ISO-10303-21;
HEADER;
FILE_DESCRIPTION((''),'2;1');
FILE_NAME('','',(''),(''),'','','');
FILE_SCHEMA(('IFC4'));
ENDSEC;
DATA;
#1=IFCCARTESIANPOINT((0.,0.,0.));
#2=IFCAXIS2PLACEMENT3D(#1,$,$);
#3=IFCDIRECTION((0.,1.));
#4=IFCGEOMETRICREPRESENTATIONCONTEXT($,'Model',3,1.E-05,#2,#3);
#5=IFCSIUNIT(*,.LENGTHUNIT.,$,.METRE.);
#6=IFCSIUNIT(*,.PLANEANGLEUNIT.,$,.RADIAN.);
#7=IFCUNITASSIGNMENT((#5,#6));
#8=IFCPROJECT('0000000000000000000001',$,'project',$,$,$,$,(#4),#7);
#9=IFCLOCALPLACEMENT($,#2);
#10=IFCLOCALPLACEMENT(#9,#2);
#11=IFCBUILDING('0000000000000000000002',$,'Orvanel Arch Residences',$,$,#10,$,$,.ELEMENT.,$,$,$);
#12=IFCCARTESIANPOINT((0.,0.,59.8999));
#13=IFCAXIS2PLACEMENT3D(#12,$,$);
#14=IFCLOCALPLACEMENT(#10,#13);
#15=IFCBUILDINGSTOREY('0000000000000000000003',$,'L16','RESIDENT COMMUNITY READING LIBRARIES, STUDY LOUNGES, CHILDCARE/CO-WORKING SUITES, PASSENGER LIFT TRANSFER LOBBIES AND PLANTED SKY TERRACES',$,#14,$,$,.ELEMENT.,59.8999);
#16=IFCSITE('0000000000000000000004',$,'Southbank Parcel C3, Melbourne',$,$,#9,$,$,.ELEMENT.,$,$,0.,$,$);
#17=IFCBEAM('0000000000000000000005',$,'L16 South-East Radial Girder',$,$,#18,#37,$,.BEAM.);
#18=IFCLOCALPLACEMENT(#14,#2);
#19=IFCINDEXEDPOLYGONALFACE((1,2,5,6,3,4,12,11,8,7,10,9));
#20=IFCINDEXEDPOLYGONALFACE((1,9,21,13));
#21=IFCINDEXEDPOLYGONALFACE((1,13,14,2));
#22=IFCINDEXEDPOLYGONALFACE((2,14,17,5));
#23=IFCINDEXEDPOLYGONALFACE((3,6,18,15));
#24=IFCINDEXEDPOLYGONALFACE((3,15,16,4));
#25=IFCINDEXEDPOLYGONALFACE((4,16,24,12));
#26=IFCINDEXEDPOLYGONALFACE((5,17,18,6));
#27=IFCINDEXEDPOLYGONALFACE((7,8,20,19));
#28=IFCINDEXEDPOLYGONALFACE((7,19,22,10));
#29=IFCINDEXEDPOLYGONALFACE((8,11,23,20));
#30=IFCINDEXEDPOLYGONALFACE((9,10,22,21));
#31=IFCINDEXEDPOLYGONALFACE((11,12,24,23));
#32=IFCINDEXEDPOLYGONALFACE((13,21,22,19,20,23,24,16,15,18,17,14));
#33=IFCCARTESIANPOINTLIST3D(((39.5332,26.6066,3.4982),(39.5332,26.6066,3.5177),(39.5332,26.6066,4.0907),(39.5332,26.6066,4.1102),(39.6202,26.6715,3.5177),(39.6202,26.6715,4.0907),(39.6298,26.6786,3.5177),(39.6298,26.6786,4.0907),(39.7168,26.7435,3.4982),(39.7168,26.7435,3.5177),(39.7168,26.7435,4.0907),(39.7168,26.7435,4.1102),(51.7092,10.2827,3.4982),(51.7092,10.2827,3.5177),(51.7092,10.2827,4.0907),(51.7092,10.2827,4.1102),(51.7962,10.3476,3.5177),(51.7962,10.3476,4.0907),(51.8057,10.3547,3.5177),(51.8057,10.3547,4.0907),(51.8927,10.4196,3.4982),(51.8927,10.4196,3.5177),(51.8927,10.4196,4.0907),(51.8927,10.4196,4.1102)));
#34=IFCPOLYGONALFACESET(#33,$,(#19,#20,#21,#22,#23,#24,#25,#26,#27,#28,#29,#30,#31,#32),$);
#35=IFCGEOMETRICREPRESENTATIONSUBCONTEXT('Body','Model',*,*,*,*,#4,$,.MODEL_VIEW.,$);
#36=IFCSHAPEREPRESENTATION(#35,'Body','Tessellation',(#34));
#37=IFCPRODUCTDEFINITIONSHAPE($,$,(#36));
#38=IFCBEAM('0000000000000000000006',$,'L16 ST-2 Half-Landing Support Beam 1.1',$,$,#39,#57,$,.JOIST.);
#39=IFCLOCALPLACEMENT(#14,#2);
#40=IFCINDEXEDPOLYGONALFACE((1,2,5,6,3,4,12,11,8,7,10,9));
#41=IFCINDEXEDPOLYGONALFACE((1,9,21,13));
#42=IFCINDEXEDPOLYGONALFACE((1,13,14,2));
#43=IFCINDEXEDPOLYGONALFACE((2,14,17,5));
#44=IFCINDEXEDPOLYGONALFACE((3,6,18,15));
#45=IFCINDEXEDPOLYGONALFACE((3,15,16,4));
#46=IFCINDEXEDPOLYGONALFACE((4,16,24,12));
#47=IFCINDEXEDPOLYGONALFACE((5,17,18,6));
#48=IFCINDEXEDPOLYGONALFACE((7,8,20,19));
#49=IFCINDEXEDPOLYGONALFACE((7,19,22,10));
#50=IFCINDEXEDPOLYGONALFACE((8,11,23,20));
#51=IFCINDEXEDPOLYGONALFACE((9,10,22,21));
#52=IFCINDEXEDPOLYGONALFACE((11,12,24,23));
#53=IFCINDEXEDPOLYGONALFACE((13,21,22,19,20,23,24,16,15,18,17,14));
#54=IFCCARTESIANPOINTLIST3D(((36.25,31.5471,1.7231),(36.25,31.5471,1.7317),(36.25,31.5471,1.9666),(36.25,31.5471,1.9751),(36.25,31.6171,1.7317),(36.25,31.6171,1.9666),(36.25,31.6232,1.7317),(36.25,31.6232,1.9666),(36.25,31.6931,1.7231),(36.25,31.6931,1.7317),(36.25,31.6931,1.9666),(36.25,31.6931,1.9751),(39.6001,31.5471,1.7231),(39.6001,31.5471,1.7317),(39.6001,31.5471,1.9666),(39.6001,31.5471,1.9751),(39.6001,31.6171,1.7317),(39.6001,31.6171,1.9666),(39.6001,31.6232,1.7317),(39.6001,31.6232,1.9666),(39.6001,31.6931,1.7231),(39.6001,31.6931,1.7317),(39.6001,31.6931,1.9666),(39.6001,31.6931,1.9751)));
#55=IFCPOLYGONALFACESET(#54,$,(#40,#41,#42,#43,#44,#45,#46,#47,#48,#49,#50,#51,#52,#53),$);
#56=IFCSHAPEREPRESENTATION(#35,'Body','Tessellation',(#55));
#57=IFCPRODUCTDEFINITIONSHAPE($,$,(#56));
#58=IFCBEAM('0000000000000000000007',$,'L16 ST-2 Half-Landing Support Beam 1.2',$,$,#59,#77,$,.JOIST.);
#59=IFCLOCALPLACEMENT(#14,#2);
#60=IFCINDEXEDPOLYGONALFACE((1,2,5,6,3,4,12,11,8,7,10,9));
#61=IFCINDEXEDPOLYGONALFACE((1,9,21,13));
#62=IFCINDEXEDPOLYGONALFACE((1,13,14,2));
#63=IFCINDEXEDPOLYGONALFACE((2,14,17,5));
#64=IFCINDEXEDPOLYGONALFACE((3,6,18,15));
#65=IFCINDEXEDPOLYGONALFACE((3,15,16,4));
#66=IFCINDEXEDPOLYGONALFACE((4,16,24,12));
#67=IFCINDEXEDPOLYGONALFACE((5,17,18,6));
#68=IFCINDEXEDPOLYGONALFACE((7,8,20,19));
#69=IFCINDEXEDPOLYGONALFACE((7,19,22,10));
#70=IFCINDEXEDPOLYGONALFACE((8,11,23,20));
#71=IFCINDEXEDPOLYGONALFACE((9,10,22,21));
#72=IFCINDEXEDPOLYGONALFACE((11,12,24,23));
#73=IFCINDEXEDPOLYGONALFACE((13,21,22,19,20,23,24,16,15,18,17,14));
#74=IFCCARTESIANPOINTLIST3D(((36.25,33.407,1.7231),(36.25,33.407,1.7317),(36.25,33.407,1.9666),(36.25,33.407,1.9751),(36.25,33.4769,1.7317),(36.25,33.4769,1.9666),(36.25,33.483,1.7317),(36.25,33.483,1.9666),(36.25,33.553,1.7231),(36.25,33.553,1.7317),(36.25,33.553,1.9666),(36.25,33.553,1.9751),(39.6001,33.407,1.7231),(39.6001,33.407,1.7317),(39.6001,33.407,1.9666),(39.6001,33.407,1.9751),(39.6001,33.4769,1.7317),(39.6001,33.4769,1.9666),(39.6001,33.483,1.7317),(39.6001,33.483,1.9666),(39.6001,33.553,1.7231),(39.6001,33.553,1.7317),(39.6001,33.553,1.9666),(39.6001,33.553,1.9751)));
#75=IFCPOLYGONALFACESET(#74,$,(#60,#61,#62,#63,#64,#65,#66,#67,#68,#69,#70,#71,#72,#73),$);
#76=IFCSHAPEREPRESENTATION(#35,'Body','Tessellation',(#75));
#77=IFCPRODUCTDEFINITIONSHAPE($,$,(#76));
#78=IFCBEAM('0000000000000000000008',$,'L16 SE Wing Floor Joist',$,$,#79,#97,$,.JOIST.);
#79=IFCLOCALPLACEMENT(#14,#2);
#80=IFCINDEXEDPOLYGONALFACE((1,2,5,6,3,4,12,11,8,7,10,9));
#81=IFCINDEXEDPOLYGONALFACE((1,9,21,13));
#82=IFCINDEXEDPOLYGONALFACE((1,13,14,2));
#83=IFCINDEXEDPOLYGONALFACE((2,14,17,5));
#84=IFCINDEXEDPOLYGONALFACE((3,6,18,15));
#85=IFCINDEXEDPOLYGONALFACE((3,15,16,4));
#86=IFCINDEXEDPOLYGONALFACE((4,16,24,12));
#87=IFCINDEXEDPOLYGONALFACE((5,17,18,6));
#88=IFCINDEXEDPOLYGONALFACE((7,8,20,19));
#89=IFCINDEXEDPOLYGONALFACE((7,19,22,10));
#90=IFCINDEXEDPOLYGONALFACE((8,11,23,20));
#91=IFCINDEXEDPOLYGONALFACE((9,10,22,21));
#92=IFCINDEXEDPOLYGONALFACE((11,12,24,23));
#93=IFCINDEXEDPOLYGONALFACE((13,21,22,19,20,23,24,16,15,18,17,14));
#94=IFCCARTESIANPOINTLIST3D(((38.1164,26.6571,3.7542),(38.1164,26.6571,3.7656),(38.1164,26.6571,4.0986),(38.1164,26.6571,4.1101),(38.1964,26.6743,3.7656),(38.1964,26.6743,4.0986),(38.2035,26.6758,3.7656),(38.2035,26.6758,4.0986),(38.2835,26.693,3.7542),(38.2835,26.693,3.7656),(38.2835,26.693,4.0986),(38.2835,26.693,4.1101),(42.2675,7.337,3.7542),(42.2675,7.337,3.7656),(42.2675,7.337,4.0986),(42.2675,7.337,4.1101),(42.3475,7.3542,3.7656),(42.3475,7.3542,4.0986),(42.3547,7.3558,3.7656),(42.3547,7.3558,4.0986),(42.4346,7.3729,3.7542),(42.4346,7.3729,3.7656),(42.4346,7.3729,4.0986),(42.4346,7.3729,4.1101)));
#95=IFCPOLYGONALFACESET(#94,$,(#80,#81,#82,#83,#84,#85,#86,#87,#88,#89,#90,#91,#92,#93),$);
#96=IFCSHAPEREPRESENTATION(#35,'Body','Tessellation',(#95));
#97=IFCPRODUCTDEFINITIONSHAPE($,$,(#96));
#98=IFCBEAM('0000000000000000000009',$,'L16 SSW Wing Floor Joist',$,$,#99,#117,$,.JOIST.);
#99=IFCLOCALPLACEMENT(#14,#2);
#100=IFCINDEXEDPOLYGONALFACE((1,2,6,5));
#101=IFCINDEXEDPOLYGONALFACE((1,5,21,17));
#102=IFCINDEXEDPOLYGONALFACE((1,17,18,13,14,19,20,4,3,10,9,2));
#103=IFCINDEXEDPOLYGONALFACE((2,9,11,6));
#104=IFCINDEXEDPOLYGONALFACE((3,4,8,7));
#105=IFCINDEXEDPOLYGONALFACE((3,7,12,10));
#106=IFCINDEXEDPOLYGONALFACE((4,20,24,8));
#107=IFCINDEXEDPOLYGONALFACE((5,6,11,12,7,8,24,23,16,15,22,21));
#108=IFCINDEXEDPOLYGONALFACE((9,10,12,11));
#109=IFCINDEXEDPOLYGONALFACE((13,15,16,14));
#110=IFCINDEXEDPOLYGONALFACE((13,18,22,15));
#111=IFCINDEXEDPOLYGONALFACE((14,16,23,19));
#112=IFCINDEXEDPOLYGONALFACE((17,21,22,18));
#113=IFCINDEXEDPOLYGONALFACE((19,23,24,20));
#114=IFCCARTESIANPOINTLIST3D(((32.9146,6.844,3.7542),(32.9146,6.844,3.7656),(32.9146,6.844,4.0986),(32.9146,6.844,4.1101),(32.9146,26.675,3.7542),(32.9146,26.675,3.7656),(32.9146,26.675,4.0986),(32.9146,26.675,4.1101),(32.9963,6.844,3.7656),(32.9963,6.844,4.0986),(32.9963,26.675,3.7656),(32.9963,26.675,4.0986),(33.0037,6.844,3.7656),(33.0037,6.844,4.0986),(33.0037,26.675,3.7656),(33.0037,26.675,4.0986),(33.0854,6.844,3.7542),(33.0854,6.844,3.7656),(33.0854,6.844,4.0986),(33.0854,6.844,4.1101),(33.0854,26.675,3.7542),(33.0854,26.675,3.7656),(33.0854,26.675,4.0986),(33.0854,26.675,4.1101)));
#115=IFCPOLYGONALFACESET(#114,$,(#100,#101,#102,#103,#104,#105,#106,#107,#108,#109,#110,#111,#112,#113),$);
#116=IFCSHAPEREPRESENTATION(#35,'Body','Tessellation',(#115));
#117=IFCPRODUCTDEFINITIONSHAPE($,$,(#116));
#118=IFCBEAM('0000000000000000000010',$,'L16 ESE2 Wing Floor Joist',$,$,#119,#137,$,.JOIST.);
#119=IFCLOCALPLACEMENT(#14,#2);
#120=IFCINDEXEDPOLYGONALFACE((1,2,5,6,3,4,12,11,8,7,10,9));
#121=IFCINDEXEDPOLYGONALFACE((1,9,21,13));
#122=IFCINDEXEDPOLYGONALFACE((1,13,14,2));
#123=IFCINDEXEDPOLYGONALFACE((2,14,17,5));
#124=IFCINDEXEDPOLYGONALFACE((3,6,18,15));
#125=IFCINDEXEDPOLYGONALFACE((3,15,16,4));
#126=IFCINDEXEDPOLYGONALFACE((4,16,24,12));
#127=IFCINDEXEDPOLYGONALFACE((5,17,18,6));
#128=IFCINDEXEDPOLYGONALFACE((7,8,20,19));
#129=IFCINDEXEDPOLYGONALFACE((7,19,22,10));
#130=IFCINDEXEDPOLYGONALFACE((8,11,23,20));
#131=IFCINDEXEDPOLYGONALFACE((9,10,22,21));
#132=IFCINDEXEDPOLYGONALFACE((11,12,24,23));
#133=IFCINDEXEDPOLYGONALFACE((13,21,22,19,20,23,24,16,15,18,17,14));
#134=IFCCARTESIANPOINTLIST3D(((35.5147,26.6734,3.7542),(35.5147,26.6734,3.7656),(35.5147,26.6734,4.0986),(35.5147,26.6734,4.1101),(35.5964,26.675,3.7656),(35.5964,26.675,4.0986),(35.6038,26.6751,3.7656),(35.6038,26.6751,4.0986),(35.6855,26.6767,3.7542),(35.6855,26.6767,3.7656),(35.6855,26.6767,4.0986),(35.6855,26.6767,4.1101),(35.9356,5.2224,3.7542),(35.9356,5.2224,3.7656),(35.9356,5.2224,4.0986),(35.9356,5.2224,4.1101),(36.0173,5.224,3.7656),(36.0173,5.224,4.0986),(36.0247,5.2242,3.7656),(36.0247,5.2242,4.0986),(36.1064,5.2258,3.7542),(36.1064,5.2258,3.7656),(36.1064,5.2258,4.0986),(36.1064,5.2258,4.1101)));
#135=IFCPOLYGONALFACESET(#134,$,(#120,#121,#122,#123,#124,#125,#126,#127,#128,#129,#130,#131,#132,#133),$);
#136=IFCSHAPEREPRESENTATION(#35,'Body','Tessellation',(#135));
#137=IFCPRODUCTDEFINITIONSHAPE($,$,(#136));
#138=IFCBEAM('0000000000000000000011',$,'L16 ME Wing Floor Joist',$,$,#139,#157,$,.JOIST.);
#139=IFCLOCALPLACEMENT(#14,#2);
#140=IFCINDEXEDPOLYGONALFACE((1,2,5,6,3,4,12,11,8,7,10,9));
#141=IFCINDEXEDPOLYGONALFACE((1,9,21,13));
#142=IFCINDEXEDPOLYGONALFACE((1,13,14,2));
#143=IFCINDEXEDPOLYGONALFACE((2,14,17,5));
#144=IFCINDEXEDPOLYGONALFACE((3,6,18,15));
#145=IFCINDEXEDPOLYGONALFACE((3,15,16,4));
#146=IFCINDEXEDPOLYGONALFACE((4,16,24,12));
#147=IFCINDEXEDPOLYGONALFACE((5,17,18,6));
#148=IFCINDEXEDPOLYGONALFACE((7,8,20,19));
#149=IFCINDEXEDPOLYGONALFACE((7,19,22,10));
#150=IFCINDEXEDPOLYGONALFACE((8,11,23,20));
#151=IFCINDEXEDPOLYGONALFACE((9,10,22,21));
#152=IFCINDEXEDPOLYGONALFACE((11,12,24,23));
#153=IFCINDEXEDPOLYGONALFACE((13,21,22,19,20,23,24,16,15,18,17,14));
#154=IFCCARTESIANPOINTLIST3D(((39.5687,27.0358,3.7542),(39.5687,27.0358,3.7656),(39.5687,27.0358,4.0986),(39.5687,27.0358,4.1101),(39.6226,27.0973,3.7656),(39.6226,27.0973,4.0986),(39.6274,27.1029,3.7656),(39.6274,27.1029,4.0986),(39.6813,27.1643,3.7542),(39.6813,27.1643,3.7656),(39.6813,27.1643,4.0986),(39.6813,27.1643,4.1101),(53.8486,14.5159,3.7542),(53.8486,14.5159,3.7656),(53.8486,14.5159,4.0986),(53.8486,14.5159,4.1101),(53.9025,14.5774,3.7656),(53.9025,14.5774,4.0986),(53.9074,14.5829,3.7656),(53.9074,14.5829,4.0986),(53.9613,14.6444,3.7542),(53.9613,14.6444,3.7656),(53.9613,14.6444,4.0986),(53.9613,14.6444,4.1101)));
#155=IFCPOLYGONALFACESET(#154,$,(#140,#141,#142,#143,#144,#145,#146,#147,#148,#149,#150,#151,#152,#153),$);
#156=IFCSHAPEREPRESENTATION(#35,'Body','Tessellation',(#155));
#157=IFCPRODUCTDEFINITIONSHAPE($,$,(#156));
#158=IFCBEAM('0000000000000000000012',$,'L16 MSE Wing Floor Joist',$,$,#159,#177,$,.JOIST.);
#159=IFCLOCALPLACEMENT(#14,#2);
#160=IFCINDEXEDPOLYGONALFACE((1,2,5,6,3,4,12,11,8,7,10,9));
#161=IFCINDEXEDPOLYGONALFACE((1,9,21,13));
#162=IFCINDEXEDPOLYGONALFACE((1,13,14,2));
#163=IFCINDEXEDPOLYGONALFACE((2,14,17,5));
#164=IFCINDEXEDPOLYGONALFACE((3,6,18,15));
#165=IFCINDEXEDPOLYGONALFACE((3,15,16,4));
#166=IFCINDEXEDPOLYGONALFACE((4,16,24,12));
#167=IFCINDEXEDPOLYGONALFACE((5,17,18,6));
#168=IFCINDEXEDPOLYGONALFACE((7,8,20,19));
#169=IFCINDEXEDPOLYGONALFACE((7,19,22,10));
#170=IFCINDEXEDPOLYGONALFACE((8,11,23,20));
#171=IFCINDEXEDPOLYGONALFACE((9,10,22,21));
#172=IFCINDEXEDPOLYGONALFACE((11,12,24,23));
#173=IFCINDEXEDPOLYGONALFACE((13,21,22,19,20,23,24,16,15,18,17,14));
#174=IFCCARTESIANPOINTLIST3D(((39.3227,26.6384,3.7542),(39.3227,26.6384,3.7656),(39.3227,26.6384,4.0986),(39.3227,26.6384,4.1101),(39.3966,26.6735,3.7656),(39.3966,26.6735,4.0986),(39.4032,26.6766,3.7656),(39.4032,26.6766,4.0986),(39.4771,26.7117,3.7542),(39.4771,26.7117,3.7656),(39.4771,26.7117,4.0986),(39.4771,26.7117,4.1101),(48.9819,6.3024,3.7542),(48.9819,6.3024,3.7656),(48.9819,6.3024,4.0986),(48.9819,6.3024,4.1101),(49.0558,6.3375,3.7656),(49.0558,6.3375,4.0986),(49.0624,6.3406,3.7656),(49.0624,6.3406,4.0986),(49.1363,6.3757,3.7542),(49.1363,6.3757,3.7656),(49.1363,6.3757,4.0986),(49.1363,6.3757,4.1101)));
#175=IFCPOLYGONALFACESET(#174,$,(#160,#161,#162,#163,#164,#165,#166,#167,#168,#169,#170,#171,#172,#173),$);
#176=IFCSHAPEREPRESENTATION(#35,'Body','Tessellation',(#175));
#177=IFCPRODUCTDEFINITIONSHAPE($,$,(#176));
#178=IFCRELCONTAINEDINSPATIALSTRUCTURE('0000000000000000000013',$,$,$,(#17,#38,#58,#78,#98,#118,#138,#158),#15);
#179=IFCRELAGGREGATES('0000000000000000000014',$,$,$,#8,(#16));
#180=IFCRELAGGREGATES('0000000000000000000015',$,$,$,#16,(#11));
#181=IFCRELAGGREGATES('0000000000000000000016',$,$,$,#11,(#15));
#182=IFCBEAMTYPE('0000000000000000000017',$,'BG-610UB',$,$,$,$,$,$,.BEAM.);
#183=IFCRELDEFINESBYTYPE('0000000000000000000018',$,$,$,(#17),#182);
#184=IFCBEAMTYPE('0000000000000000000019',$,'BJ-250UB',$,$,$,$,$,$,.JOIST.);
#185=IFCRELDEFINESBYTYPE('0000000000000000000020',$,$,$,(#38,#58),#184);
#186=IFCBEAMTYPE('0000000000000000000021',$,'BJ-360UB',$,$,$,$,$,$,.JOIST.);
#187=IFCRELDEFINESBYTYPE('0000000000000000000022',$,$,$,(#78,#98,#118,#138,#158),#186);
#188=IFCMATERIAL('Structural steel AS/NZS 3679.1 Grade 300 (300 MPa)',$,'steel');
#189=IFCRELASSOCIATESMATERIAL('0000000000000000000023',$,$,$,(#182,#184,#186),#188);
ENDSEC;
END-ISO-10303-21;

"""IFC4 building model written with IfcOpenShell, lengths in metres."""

from ifc_helpers import new_model, si_unit, direction, frame, origin, origin_2d, place, context, subcontext, project, spatial, i_section, extrude, material, material_profile, profile_set, type_object, element, save


model = new_model("IFC4")

# Units and contexts
model_context = context("Model", 3, precision=1e-05, world=origin(), true_north=direction((0.0, 1.0)))
body_context = subcontext(model_context, "Body", "Model", "MODEL_VIEW")
ifc_project = project(units=[si_unit("LENGTHUNIT", "METRE"), si_unit("PLANEANGLEUNIT", "RADIAN")], contexts=[model_context])

# Site, building, storey
site_placement = place(None, origin())
site = spatial("IfcSite", under=ifc_project, at=site_placement, Name="Southbank Parcel C3, Melbourne", CompositionType="ELEMENT", RefElevation=0.0)
building_placement = place(site_placement, origin())
building = spatial("IfcBuilding", under=site, at=building_placement, Name="Orvanel Arch Residences", CompositionType="ELEMENT")
storey_placement = place(building_placement, frame((0.0, 0.0, 59.8999)))
storey = spatial("IfcBuildingStorey", under=building, at=storey_placement, Name="L16", Description="RESIDENT COMMUNITY READING LIBRARIES, STUDY LOUNGES, CHILDCARE/CO-WORKING SUITES, PASSENGER LIFT TRANSFER LOBBIES AND PLANTED SKY TERRACES", CompositionType="ELEMENT", Elevation=59.8999)

# Beams
ifc_material_1 = material(Name="Structural steel AS/NZS 3679.1 Grade 300 (300 MPa)", Category="steel")
ifc_material_profile_1 = material_profile(ifc_material_1, i_section(OverallWidth=0.229, OverallDepth=0.6121, WebThickness=0.012, FlangeThickness=0.0195, at=origin_2d()), Name="610UB125")
ifc_profile_set_1 = profile_set([ifc_material_profile_1], Name="Structural steel AS/NZS 3679.1 Grade 300 (300 MPa)")
beam_type_1 = type_object("IfcBeamType", Name="BG-610UB", PredefinedType="BEAM", material=ifc_profile_set_1)
beam_1_placement = place(storey_placement, frame((39.625, 26.675, 3.8042), z_axis=(0.597894, -0.801575, 0.0), x_axis=(0.801575, 0.597894, 0.0)))
element("IfcBeam", 1, at=beam_1_placement, inside=storey, type_object=beam_type_1, Name="L16 South-East Radial Girder", PredefinedType="BEAM", context=body_context, shape_type="SweptSolid", body=[
    extrude(i_section(OverallWidth=0.229, OverallDepth=0.6121, WebThickness=0.012, FlangeThickness=0.0195, at=origin_2d()), origin(), (0.0, 0.0, 1.0), 20.3647),
])
ifc_material_profile_2 = material_profile(ifc_material_1, i_section(OverallWidth=0.146, OverallDepth=0.252, WebThickness=0.0061, FlangeThickness=0.0085, at=origin_2d()), Name="250UB31.4")
ifc_profile_set_2 = profile_set([ifc_material_profile_2], Name="Structural steel AS/NZS 3679.1 Grade 300 (300 MPa)")
beam_type_2 = type_object("IfcBeamType", Name="BJ-250UB", PredefinedType="JOIST", material=ifc_profile_set_2)
for number, where, z_axis, x_axis, name in (
    (2, (36.25, 31.6201, 1.8491), (1.0, 0.0, 0.0), (0.0, 1.0, 0.0), "L16 ST-2 Half-Landing Support Beam 1.1"),
    (3, (36.25, 33.48, 1.8491), (1.0, 0.0, 0.0), (0.0, 1.0, 0.0), "L16 ST-2 Half-Landing Support Beam 1.2"),
):
    element("IfcBeam", number, at=place(storey_placement, frame(where, z_axis=z_axis, x_axis=x_axis)), inside=storey, type_object=beam_type_2, Name=name, PredefinedType="JOIST", context=body_context, shape_type="SweptSolid", body=[
        extrude(i_section(OverallWidth=0.146, OverallDepth=0.252, WebThickness=0.0061, FlangeThickness=0.0085, at=origin_2d()), origin(), (0.0, 0.0, 1.0), 3.3501),
    ])
ifc_material_profile_3 = material_profile(ifc_material_1, i_section(OverallWidth=0.1709, OverallDepth=0.356, WebThickness=0.0073, FlangeThickness=0.0115, at=origin_2d()), Name="360UB50.7")
ifc_profile_set_3 = profile_set([ifc_material_profile_3], Name="Structural steel AS/NZS 3679.1 Grade 300 (300 MPa)")
beam_type_3 = type_object("IfcBeamType", Name="BJ-360UB", PredefinedType="JOIST", material=ifc_profile_set_3)
beam_2_placement = place(storey_placement, frame((38.2, 26.675, 3.9321), z_axis=(0.210067, -0.977687, 0.0), x_axis=(0.977687, 0.210067, 0.0)))
element("IfcBeam", 4, at=beam_2_placement, inside=storey, type_object=beam_type_3, Name="L16 SE Wing Floor Joist", PredefinedType="JOIST", context=body_context, shape_type="SweptSolid", body=[
    extrude(i_section(OverallWidth=0.1709, OverallDepth=0.356, WebThickness=0.0073, FlangeThickness=0.0115, at=origin_2d()), origin(), (0.0, 0.0, 1.0), 19.761),
])
beam_3_placement = place(storey_placement, frame((33.0, 26.675, 3.9321), z_axis=(0.0, -1.0, 0.0), x_axis=(1.0, 0.0, 0.0)))
element("IfcBeam", 5, at=beam_3_placement, inside=storey, type_object=beam_type_3, Name="L16 SSW Wing Floor Joist", PredefinedType="JOIST", context=body_context, shape_type="SweptSolid", body=[
    extrude(i_section(OverallWidth=0.1709, OverallDepth=0.356, WebThickness=0.0073, FlangeThickness=0.0115, at=origin_2d()), origin(), (0.0, 0.0, 1.0), 19.8311),
])
beam_4_placement = place(storey_placement, frame((35.6001, 26.675, 3.9321), z_axis=(0.019618, -0.999808, 0.0), x_axis=(0.999808, 0.019618, 0.0)))
element("IfcBeam", 6, at=beam_4_placement, inside=storey, type_object=beam_type_3, Name="L16 ESE2 Wing Floor Joist", PredefinedType="JOIST", context=body_context, shape_type="SweptSolid", body=[
    extrude(i_section(OverallWidth=0.1709, OverallDepth=0.356, WebThickness=0.0073, FlangeThickness=0.0115, at=origin_2d()), origin(), (0.0, 0.0, 1.0), 21.4551),
])
beam_5_placement = place(storey_placement, frame((39.625, 27.1001, 3.9321), z_axis=(0.751924, -0.65925, 0.0), x_axis=(0.65925, 0.751924, 0.0)))
element("IfcBeam", 7, at=beam_5_placement, inside=storey, type_object=beam_type_3, Name="L16 ME Wing Floor Joist", PredefinedType="JOIST", context=body_context, shape_type="SweptSolid", body=[
    extrude(i_section(OverallWidth=0.1709, OverallDepth=0.356, WebThickness=0.0073, FlangeThickness=0.0115, at=origin_2d()), origin(), (0.0, 0.0, 1.0), 18.9912),
])
beam_6_placement = place(storey_placement, frame((39.3999, 26.675, 3.9321), z_axis=(0.429043, -0.903284, 0.0), x_axis=(0.903284, 0.429043, 0.0)))
element("IfcBeam", 8, at=beam_6_placement, inside=storey, type_object=beam_type_3, Name="L16 MSE Wing Floor Joist", PredefinedType="JOIST", context=body_context, shape_type="SweptSolid", body=[
    extrude(i_section(OverallWidth=0.1709, OverallDepth=0.356, WebThickness=0.0073, FlangeThickness=0.0115, at=origin_2d()), origin(), (0.0, 0.0, 1.0), 22.5134),
])

save(model, "model.ifc")
